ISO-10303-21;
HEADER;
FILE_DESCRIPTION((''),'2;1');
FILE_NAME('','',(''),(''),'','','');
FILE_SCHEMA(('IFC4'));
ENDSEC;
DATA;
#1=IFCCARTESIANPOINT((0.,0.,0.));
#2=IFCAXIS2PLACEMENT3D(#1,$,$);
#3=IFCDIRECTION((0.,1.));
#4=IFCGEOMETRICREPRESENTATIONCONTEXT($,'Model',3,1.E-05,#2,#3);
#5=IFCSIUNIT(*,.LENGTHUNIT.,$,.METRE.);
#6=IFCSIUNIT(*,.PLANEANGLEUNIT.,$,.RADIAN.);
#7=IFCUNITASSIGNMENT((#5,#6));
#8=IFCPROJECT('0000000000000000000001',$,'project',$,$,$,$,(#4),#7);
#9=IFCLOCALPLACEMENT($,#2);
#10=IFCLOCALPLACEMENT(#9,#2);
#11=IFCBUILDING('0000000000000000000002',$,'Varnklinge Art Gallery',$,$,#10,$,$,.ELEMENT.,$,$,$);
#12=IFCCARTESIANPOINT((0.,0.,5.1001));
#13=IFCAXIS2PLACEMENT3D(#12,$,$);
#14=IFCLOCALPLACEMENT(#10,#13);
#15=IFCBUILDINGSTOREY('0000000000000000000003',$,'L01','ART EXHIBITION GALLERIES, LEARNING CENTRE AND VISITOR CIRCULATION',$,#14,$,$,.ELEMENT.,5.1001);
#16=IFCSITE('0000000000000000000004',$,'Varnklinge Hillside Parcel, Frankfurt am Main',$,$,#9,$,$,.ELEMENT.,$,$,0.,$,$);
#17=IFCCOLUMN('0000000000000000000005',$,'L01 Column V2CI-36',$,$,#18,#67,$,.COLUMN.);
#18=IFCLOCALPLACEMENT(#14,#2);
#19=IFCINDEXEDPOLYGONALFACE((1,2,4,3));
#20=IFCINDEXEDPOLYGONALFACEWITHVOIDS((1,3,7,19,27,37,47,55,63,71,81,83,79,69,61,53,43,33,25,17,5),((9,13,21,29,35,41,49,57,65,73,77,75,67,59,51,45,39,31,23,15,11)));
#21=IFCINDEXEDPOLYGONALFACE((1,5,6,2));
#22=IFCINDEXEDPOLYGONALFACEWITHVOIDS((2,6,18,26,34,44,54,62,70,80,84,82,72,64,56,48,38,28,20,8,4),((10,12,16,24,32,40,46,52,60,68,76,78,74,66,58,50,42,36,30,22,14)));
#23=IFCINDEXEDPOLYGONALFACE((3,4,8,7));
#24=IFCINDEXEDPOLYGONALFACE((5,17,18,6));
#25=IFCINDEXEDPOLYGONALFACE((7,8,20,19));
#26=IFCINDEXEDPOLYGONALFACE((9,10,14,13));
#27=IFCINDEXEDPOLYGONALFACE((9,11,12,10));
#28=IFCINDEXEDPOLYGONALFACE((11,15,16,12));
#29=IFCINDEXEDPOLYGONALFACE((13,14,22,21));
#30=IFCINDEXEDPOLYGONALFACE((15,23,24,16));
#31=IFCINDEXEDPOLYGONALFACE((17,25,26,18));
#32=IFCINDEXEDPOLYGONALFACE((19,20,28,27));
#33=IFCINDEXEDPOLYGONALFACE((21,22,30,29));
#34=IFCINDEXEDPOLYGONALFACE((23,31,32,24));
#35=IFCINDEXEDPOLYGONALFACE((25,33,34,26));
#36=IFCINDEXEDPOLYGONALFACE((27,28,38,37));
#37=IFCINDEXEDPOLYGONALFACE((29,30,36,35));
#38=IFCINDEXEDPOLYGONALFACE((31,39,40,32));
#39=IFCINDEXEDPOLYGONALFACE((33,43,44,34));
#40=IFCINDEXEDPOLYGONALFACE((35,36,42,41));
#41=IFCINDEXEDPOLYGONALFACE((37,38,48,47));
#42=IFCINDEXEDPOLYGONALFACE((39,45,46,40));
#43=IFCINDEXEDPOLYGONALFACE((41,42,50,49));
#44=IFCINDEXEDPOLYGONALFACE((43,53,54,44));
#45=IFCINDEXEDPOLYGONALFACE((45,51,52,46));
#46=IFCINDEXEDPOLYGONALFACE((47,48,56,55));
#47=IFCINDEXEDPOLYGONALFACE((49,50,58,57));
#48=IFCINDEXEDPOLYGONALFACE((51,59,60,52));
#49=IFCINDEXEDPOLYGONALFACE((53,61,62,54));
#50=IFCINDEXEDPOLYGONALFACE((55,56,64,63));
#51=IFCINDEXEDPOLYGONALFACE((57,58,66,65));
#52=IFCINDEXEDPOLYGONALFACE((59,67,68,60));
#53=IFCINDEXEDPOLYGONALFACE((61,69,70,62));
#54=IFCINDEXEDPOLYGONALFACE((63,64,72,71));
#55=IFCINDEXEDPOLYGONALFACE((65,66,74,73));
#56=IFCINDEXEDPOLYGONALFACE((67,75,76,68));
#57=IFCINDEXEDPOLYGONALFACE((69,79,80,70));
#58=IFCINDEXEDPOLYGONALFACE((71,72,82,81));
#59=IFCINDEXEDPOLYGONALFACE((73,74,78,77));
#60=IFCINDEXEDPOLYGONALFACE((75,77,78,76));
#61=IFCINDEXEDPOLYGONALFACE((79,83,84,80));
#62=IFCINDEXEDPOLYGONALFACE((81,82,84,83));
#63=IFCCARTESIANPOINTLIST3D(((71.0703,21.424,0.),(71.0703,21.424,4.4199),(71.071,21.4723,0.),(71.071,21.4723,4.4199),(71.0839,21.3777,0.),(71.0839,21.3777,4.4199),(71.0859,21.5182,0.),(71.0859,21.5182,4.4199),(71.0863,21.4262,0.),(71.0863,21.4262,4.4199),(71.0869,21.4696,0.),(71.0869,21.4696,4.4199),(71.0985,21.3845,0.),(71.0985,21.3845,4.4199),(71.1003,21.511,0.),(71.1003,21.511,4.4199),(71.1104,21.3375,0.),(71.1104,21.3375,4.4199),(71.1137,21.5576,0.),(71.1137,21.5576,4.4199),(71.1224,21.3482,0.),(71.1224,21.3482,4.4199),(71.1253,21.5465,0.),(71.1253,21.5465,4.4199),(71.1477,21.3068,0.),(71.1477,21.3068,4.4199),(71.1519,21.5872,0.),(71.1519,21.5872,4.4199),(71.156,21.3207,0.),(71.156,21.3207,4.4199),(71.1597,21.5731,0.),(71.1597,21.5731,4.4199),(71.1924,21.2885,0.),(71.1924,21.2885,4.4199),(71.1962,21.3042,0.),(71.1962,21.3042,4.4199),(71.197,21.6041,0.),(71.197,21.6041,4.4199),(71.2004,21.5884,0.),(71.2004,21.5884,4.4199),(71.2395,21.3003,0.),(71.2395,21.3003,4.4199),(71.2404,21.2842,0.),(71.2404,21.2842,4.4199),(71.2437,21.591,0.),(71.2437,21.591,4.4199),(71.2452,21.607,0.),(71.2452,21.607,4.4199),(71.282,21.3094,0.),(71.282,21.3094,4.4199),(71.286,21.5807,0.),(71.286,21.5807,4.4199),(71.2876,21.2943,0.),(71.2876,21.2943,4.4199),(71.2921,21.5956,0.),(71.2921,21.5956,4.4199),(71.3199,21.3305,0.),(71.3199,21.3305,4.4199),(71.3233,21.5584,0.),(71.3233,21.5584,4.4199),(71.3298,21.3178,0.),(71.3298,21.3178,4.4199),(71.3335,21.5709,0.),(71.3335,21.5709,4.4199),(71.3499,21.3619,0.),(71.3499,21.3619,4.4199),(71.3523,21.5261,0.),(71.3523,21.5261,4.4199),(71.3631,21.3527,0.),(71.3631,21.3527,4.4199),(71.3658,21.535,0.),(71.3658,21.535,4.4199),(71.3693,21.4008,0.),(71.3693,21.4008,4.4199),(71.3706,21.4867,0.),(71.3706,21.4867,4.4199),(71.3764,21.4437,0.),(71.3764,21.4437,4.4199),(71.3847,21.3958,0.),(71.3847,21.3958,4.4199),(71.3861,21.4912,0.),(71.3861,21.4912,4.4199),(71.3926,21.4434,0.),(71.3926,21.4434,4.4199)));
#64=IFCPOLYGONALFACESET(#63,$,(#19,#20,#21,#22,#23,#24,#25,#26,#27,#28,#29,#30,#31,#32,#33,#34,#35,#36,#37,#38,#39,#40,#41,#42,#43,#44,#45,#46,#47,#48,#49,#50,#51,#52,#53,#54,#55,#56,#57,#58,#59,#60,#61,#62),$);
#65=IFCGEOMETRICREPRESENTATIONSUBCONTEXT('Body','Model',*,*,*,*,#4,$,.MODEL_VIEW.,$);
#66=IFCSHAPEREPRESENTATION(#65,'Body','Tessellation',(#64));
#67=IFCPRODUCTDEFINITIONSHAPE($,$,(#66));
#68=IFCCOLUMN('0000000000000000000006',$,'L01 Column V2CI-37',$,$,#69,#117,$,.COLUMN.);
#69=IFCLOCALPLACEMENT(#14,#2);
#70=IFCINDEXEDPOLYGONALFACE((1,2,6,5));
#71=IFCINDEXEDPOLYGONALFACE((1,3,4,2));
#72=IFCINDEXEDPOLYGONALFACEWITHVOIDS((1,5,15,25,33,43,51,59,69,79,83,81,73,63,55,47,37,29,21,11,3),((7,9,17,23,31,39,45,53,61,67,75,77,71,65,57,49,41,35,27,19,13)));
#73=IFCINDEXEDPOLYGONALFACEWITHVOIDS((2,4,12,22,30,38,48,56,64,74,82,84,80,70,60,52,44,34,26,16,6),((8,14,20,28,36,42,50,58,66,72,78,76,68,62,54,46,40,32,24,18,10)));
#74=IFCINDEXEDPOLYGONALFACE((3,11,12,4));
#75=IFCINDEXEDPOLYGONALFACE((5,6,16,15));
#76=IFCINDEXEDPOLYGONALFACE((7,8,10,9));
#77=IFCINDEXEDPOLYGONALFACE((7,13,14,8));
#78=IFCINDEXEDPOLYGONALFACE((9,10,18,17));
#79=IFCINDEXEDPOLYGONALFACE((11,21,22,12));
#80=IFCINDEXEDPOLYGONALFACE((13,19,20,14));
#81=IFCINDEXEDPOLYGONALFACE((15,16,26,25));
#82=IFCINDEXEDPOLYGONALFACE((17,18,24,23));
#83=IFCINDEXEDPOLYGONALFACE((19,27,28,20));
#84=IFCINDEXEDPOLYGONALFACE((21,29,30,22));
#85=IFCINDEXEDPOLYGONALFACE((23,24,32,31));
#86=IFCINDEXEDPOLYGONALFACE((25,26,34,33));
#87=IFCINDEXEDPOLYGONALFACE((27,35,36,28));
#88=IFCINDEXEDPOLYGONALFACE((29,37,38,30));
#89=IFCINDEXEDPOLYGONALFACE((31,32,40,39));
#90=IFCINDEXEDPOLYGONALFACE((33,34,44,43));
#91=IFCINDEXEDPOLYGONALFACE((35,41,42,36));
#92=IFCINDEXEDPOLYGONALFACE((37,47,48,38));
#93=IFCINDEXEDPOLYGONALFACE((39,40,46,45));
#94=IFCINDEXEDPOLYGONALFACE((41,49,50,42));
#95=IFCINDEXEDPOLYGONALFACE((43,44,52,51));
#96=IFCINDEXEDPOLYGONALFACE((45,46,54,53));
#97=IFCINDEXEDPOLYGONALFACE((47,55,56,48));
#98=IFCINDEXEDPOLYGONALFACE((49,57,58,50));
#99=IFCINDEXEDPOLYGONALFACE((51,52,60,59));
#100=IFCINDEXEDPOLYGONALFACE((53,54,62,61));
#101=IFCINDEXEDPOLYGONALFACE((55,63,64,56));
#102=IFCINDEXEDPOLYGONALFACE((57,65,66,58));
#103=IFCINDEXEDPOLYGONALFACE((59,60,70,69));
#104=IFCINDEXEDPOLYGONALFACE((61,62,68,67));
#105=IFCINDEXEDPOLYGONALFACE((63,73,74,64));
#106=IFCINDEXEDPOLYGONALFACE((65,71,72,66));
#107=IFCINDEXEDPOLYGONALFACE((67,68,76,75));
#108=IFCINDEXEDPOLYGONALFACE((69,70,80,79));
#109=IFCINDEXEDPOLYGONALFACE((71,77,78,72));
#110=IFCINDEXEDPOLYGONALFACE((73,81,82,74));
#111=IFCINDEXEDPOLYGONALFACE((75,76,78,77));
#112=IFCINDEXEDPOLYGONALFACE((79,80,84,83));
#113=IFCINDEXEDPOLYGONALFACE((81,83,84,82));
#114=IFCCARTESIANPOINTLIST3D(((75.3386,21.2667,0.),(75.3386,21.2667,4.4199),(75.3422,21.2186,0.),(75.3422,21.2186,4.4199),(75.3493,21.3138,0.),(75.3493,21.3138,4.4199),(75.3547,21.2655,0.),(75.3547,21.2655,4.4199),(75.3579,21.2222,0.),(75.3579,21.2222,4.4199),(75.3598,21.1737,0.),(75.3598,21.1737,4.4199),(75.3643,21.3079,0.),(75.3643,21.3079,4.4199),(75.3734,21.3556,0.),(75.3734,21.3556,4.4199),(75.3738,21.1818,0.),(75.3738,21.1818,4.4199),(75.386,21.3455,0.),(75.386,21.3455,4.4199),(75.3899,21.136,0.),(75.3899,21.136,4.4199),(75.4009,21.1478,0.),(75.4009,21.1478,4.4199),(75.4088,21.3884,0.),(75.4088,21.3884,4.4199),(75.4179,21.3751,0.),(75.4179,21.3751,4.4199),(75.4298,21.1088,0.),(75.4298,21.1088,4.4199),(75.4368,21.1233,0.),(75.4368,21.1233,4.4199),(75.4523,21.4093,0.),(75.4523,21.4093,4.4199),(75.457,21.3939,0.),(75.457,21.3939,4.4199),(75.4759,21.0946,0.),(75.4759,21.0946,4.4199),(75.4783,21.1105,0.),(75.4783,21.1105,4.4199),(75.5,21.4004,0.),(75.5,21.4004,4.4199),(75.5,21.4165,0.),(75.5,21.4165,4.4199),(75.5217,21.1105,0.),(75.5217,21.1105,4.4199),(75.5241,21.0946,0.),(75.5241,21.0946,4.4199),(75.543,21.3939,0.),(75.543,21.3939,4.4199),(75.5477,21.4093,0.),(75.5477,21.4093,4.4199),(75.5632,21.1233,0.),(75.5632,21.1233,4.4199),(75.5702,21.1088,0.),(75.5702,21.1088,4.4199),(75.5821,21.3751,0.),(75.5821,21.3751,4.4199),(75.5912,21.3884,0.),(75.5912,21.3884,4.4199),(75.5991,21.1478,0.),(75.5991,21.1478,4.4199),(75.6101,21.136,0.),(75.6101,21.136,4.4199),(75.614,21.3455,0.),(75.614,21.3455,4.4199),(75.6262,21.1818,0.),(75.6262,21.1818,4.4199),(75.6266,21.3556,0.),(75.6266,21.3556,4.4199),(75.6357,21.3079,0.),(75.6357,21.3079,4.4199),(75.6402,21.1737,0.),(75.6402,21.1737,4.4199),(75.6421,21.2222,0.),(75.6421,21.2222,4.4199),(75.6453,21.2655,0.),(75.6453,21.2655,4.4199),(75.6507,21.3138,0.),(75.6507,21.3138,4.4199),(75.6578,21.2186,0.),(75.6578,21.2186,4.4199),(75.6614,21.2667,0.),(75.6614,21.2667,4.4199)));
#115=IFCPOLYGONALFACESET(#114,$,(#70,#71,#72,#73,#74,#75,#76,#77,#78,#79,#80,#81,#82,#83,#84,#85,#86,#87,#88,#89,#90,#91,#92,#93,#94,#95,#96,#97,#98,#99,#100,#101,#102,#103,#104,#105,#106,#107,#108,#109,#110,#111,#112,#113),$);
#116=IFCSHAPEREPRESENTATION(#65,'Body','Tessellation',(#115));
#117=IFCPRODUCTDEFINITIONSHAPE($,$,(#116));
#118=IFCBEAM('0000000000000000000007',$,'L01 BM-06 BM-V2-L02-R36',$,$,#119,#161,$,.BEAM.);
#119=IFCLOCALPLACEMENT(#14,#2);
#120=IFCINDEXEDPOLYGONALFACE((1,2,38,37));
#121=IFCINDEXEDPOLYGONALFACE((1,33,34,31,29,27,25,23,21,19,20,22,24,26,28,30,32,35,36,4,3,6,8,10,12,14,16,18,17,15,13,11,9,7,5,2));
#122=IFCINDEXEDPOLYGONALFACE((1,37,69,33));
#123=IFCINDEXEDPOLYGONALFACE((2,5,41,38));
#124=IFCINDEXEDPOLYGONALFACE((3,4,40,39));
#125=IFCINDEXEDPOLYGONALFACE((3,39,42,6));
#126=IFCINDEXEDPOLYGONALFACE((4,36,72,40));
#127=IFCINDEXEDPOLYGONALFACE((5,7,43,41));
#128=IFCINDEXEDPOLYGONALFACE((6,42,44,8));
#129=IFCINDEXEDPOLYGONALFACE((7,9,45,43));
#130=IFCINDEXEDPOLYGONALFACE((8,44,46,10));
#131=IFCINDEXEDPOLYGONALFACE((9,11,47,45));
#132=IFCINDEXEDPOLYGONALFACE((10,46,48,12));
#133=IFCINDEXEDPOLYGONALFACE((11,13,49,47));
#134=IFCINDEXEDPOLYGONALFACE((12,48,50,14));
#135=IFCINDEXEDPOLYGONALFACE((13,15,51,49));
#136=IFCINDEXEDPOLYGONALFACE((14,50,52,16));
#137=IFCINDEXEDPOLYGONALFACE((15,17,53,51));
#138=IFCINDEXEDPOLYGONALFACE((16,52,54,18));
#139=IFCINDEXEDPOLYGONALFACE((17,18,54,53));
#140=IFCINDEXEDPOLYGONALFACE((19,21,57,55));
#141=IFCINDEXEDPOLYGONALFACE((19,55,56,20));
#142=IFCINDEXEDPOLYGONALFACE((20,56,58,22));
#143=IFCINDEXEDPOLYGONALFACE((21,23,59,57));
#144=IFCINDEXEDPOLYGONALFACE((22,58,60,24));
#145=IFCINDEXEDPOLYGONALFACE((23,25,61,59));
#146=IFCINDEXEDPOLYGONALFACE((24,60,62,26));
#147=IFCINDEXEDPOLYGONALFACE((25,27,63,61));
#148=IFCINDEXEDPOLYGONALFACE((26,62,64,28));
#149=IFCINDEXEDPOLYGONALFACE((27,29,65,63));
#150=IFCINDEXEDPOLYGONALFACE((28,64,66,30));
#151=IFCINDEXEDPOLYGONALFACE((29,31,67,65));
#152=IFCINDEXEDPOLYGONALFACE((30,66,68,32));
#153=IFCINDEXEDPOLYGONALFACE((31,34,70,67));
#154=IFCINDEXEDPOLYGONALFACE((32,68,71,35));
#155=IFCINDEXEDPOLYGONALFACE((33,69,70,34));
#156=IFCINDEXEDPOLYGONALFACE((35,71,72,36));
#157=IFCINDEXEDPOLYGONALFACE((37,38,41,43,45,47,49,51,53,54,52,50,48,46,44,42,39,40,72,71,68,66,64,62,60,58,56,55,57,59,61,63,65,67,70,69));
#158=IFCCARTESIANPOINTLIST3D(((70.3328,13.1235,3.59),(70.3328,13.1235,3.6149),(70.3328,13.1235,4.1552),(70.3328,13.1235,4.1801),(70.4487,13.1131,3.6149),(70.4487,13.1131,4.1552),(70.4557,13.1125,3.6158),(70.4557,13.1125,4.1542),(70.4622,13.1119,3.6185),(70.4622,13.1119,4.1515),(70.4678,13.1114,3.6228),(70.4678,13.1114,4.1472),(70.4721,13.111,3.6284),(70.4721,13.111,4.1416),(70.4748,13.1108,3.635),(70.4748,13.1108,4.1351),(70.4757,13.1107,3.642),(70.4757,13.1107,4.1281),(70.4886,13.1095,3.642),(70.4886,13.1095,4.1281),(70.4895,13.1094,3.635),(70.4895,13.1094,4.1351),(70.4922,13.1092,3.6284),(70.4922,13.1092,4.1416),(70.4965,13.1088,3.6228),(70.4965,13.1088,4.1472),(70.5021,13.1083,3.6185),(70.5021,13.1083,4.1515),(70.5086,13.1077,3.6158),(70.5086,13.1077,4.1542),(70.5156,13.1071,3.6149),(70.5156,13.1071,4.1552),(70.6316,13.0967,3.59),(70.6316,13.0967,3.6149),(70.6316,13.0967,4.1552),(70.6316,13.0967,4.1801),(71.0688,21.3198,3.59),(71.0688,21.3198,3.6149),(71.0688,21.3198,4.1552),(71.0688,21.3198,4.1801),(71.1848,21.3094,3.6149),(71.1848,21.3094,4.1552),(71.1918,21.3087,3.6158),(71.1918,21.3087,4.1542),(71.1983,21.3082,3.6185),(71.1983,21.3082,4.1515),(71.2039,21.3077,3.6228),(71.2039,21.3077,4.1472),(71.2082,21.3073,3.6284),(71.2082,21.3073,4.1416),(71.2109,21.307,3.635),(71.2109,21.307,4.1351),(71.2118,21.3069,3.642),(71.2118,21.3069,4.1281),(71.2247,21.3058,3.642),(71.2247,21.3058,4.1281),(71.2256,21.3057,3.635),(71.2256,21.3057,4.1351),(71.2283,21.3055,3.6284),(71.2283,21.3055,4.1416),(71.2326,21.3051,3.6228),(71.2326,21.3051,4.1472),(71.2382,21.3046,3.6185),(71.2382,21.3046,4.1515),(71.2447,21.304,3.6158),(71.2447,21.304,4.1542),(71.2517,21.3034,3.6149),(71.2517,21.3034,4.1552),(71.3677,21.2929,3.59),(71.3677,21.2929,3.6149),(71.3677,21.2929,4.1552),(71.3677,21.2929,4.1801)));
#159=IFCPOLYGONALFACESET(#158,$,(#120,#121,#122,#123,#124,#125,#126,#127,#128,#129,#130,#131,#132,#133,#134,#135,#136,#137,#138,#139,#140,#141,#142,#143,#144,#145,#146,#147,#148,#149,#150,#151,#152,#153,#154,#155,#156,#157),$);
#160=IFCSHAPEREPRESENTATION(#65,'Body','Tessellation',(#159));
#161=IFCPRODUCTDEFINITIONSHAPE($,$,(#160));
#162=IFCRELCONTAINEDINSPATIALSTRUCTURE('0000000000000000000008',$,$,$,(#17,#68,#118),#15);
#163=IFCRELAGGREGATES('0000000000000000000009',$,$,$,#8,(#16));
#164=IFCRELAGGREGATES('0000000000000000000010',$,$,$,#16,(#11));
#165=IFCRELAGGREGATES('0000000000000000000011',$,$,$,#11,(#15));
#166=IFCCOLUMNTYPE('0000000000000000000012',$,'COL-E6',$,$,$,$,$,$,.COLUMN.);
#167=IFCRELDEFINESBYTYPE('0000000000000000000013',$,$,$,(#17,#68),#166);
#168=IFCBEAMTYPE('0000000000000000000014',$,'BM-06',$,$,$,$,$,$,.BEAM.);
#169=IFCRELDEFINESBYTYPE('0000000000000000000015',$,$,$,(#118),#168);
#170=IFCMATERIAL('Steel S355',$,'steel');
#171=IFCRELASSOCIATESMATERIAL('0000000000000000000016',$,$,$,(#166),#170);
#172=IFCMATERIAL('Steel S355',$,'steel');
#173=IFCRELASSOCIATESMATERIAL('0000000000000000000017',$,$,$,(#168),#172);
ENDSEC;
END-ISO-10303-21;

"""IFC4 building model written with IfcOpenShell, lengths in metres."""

from ifc_helpers import new_model, si_unit, direction, frame, origin, origin_2d, place, context, subcontext, project, spatial, hollow_circle, i_section, extrude, material, material_profile, profile_set, type_object, element, save


model = new_model("IFC4")

# Units and contexts
model_context = context("Model", 3, precision=1e-05, world=origin(), true_north=direction((0.0, 1.0)))
body_context = subcontext(model_context, "Body", "Model", "MODEL_VIEW")
ifc_project = project(units=[si_unit("LENGTHUNIT", "METRE"), si_unit("PLANEANGLEUNIT", "RADIAN")], contexts=[model_context])

# Site, building, storey
site_placement = place(None, origin())
site = spatial("IfcSite", under=ifc_project, at=site_placement, Name="Varnklinge Hillside Parcel, Frankfurt am Main", CompositionType="ELEMENT", RefElevation=0.0)
building_placement = place(site_placement, origin())
building = spatial("IfcBuilding", under=site, at=building_placement, Name="Varnklinge Art Gallery", CompositionType="ELEMENT")
storey_placement = place(building_placement, frame((0.0, 0.0, 5.1001)))
storey = spatial("IfcBuildingStorey", under=building, at=storey_placement, Name="L01", Description="ART EXHIBITION GALLERIES, LEARNING CENTRE AND VISITOR CIRCULATION", CompositionType="ELEMENT", Elevation=5.1001)

# Columns
ifc_material_1 = material(Name="Steel S355", Category="steel")
ifc_material_profile_1 = material_profile(ifc_material_1, hollow_circle(Radius=0.1619, WallThickness=0.0161, at=origin_2d()), Name="CHS 323.9x16")
ifc_profile_set_1 = profile_set([ifc_material_profile_1], Name="Steel S355")
column_type = type_object("IfcColumnType", Name="COL-E6", PredefinedType="COLUMN", material=ifc_profile_set_1)
for number, where, z_axis, x_axis, name in (
    (1, (71.2307, 21.4458, 0.0), (0.0, 0.0, 1.0), (0.089416, 0.995994, 0.0), "L01 Column V2CI-36"),
    (2, (75.5, 21.2546, 0.0), (0.0, 0.0, 1.0), (0.0, 1.0, 0.0), "L01 Column V2CI-37"),
):
    element("IfcColumn", number, at=place(storey_placement, frame(where, z_axis=z_axis, x_axis=x_axis)), inside=storey, type_object=column_type, Name=name, PredefinedType="COLUMN", context=body_context, shape_type="SweptSolid", body=[
        extrude(hollow_circle(Radius=0.1619, WallThickness=0.0161, at=origin_2d()), origin(), (0.0, 0.0, 1.0), 4.4199),
    ])

# Beam
ifc_material_2 = material(Name="Steel S355", Category="steel")
ifc_material_profile_2 = material_profile(ifc_material_2, i_section(OverallWidth=0.3, OverallDepth=0.5901, WebThickness=0.0129, FlangeThickness=0.0249, FilletRadius=0.0271, at=origin_2d()), Name="HEA 600")
ifc_profile_set_2 = profile_set([ifc_material_profile_2], Name="Steel S355")
beam_type_1 = type_object("IfcBeamType", Name="BM-06", PredefinedType="BEAM", material=ifc_profile_set_2)
beam_1_placement = place(storey_placement, frame((70.4822, 13.1101, 3.885), z_axis=(0.089447, 0.995992, 0.0), x_axis=(-0.995992, 0.089447, 0.0)))
element("IfcBeam", 3, at=beam_1_placement, inside=storey, type_object=beam_type_1, Name="L01 BM-06 BM-V2-L02-R36", PredefinedType="BEAM", context=body_context, shape_type="SweptSolid", body=[
    extrude(i_section(OverallWidth=0.3, OverallDepth=0.5901, WebThickness=0.0129, FlangeThickness=0.0249, FilletRadius=0.0271, at=origin_2d()), origin(), (0.0, 0.0, 1.0), 8.2292),
])

save(model, "model.ifc")
